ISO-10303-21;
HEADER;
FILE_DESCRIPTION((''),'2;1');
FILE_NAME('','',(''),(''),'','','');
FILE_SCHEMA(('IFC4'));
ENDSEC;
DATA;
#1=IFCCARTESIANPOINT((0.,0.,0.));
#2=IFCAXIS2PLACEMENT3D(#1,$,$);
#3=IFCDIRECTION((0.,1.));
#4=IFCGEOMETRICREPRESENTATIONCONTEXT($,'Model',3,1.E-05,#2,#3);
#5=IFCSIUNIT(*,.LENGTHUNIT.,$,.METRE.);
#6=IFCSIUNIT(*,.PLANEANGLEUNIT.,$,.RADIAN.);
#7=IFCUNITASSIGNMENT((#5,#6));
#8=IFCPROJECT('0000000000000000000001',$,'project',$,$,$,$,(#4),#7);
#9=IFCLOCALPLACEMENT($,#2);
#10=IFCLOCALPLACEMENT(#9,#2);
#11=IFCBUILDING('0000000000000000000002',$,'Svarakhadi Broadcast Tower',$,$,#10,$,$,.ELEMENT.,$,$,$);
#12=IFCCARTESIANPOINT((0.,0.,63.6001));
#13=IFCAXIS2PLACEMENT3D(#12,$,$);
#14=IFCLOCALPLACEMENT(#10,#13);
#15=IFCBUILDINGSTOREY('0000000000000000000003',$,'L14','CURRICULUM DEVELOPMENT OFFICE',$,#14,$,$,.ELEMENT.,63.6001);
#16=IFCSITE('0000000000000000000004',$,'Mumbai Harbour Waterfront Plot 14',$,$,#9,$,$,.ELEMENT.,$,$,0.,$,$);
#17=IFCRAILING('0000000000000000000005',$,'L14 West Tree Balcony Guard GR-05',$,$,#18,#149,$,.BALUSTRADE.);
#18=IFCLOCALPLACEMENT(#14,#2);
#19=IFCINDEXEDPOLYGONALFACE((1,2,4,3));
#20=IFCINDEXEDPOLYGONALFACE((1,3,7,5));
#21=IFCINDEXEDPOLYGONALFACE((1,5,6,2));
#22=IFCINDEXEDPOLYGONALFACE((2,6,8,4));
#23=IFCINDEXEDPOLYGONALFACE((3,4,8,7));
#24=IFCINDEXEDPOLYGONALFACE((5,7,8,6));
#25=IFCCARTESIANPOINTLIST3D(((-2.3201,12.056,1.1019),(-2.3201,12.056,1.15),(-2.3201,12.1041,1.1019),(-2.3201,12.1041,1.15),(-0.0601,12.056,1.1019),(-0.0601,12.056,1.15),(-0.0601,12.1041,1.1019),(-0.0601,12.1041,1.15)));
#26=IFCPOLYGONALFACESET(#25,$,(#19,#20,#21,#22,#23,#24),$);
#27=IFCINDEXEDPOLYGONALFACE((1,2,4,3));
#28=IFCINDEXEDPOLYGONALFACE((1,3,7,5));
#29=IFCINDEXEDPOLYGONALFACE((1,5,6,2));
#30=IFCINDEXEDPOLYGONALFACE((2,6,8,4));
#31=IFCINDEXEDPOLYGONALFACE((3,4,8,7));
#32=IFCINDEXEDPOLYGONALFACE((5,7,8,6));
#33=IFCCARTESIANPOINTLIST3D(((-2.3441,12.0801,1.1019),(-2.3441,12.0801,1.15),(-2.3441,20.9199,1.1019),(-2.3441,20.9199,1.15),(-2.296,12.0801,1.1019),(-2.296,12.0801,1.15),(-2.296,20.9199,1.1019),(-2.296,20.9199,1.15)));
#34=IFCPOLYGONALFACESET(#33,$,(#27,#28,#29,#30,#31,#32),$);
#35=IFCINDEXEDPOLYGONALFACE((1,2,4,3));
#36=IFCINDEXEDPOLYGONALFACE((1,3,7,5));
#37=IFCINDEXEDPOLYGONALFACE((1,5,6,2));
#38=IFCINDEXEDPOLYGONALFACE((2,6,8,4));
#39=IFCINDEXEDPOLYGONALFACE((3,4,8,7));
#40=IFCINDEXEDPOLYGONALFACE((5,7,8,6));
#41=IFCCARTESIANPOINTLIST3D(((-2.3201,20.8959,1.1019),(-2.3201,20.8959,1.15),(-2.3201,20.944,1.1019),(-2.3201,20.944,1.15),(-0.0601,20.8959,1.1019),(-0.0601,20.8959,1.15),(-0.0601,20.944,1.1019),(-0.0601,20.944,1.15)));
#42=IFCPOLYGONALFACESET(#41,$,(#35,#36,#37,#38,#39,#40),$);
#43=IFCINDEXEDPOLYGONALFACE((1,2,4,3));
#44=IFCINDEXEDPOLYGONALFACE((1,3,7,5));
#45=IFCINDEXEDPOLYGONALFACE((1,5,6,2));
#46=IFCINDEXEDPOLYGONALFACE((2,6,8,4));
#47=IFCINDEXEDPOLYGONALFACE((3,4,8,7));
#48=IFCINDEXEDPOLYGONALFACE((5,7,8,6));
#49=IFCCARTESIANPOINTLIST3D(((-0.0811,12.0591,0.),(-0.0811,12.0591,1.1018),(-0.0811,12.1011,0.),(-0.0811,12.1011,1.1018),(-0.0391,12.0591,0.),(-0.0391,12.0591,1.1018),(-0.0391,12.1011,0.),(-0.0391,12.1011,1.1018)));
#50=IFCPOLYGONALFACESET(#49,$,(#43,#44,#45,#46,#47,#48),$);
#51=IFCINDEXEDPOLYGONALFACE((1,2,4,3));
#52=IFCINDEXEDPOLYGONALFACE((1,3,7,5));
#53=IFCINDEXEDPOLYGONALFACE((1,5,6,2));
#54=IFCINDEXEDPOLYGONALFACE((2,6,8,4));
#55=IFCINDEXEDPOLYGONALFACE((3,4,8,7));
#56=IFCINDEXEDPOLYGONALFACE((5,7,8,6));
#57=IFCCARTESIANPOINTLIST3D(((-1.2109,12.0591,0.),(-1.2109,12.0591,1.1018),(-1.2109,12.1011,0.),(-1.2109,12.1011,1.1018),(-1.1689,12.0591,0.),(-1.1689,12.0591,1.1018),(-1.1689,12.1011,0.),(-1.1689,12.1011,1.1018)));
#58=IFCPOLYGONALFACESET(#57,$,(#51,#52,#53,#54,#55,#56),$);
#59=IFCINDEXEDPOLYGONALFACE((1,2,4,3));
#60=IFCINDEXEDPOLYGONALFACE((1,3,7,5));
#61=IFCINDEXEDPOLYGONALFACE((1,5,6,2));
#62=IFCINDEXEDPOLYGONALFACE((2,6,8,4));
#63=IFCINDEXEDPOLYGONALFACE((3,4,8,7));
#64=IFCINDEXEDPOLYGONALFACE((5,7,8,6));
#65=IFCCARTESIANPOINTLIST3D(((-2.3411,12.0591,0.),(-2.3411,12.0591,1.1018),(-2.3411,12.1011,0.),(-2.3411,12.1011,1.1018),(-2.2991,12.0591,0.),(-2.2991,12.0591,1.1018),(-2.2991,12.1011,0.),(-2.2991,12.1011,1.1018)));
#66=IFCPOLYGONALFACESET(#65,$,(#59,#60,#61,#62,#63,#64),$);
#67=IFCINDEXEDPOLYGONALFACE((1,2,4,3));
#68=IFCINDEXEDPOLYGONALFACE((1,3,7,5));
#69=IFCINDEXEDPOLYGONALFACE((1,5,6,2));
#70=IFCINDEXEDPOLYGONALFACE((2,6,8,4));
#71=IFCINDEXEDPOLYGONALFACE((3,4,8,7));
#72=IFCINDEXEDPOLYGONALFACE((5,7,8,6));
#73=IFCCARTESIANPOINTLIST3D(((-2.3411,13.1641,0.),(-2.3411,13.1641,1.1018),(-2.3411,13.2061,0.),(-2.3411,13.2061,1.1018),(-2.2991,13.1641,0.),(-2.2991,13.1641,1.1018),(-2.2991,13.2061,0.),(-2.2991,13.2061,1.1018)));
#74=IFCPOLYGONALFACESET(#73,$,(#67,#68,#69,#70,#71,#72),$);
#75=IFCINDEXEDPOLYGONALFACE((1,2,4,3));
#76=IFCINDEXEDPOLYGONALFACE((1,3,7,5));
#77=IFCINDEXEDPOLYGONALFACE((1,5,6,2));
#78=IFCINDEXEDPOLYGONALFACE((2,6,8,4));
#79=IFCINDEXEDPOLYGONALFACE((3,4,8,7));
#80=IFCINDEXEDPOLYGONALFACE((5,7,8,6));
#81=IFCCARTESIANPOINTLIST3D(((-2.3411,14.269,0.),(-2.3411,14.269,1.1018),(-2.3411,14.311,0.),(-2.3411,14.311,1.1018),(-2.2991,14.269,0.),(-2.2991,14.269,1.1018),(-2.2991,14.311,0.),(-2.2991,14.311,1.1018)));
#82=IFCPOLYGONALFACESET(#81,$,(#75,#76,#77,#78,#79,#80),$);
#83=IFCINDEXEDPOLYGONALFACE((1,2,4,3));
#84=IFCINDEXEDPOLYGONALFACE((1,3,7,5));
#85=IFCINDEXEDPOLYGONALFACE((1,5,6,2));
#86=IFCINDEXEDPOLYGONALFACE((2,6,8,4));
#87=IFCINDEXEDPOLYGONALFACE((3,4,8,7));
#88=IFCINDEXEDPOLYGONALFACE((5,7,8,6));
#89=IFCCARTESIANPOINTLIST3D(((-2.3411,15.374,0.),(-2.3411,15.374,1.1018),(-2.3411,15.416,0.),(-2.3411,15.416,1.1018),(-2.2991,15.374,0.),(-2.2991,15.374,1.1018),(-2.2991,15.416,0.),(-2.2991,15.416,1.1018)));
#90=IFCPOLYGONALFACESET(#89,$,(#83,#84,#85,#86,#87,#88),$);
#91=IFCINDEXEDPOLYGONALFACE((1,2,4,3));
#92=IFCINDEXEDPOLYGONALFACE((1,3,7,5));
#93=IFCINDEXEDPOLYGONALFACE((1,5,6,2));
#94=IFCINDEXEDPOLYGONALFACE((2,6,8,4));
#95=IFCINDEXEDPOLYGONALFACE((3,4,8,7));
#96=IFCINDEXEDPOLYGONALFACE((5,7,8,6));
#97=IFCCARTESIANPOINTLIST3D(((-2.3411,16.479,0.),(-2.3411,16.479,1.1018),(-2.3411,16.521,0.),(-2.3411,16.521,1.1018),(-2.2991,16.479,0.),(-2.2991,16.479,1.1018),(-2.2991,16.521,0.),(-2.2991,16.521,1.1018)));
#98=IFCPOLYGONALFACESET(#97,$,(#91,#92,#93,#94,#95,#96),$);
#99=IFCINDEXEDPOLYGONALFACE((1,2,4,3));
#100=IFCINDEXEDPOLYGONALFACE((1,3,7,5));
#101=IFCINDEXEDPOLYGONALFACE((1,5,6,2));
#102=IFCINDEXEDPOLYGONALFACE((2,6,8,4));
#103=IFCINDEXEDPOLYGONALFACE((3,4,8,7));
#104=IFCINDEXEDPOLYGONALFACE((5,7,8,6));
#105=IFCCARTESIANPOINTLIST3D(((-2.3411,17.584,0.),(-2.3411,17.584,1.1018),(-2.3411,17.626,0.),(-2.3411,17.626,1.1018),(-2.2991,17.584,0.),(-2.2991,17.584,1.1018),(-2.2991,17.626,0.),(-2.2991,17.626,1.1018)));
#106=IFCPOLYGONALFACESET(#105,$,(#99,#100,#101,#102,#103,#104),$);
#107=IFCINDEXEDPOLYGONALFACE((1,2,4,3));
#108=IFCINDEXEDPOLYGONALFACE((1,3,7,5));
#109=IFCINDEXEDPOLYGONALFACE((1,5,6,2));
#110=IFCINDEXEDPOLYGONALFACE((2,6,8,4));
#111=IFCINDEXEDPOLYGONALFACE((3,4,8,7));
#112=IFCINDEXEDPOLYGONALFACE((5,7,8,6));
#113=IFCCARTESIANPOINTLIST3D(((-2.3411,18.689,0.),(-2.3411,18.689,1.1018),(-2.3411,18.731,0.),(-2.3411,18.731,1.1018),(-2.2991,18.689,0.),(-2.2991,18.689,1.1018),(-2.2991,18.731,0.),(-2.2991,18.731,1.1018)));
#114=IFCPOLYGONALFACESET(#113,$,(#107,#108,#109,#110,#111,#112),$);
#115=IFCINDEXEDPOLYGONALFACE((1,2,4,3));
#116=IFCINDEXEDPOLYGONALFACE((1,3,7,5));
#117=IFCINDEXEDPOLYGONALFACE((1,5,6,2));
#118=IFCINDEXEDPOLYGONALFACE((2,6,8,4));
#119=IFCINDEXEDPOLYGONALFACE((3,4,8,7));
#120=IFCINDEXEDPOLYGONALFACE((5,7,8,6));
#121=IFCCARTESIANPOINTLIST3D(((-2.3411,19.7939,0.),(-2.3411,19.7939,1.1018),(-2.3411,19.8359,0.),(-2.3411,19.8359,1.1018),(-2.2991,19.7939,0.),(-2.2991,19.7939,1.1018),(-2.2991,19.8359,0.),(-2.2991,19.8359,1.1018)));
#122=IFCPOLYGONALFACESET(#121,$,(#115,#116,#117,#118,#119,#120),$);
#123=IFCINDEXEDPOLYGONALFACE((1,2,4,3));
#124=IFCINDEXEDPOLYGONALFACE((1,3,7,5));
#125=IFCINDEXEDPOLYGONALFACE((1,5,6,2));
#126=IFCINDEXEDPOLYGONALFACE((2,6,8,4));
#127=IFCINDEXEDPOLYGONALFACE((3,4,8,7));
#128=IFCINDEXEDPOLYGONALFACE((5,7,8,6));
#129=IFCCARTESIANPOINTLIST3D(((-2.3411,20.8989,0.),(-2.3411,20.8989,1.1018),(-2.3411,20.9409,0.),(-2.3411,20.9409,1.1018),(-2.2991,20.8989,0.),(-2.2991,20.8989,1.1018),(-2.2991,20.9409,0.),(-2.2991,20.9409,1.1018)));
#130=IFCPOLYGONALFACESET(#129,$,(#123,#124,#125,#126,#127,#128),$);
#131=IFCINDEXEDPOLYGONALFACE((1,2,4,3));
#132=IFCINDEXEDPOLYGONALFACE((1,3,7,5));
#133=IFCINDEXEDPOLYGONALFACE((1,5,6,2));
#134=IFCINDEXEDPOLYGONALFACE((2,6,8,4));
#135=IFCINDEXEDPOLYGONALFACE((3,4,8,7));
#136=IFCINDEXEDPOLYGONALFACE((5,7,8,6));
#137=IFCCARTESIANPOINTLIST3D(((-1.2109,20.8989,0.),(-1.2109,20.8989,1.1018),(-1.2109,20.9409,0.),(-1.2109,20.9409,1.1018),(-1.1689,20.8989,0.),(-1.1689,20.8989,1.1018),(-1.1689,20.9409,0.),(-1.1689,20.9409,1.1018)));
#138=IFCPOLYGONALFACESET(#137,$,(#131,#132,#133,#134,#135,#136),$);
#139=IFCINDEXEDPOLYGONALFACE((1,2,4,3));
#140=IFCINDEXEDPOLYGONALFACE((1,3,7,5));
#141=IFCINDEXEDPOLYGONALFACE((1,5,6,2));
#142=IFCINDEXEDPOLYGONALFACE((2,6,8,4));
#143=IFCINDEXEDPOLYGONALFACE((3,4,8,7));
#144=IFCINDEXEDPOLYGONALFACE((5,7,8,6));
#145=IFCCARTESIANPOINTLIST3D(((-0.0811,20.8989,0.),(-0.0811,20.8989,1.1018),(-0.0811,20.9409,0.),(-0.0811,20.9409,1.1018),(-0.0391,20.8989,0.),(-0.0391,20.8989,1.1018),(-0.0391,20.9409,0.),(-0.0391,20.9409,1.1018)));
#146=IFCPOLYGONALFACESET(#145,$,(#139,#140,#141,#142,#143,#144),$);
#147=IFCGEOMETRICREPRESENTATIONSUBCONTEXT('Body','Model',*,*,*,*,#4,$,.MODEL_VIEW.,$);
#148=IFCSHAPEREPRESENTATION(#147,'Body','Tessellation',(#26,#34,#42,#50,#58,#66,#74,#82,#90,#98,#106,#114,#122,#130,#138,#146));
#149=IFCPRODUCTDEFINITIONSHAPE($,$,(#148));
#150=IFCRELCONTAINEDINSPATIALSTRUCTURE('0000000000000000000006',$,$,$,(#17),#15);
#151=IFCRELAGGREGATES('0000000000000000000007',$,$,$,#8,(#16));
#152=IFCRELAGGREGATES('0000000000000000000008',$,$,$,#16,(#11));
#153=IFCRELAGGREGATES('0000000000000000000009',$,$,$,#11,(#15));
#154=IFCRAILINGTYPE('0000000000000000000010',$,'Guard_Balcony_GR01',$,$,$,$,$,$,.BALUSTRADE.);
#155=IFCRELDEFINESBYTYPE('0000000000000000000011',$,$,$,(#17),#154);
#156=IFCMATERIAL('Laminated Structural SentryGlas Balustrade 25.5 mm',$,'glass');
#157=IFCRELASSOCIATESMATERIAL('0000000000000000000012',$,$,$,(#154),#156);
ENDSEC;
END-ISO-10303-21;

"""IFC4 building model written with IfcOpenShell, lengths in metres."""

from ifc_helpers import new_model, si_unit, direction, frame, origin, origin_2d, place, context, subcontext, project, spatial, rectangle, extrude, material, type_object, element, save


model = new_model("IFC4")

# Units and contexts
model_context = context("Model", 3, precision=1e-05, world=origin(), true_north=direction((0.0, 1.0)))
body_context = subcontext(model_context, "Body", "Model", "MODEL_VIEW")
ifc_project = project(units=[si_unit("LENGTHUNIT", "METRE"), si_unit("PLANEANGLEUNIT", "RADIAN")], contexts=[model_context])

# Site, building, storey
site_placement = place(None, origin())
site = spatial("IfcSite", under=ifc_project, at=site_placement, Name="Mumbai Harbour Waterfront Plot 14", CompositionType="ELEMENT", RefElevation=0.0)
building_placement = place(site_placement, origin())
building = spatial("IfcBuilding", under=site, at=building_placement, Name="Svarakhadi Broadcast Tower", CompositionType="ELEMENT")
storey_placement = place(building_placement, frame((0.0, 0.0, 63.6001)))
storey = spatial("IfcBuildingStorey", under=building, at=storey_placement, Name="L14", Description="CURRICULUM DEVELOPMENT OFFICE", CompositionType="ELEMENT", Elevation=63.6001)

# Railing
ifc_material_1 = material(Name="Laminated Structural SentryGlas Balustrade 25.5 mm", Category="glass")
railing_type = type_object("IfcRailingType", Name="Guard_Balcony_GR01", PredefinedType="BALUSTRADE", material=ifc_material_1)
railing_placement = place(storey_placement, frame((-0.0601, 12.0801, 0.0)))
element("IfcRailing", 1, at=railing_placement, inside=storey, type_object=railing_type, Name="L14 West Tree Balcony Guard GR-05", PredefinedType="BALUSTRADE", context=body_context, shape_type="SweptSolid", body=[
    extrude(rectangle(XDim=0.0481, YDim=0.0481, at=origin_2d()), frame((0.0, 0.0, 1.126), z_axis=(-1.0, 0.0, 0.0), x_axis=(0.0, -1.0, 0.0)), (0.0, 0.0, 1.0), 2.26),
    extrude(rectangle(XDim=0.0481, YDim=0.0481, at=origin_2d()), frame((-2.26, 0.0, 1.126), z_axis=(0.0, 1.0, 0.0), x_axis=(-1.0, 0.0, 0.0)), (0.0, 0.0, 1.0), 8.8398),
    extrude(rectangle(XDim=0.0481, YDim=0.0481, at=origin_2d()), frame((-2.26, 8.8398, 1.126), z_axis=(1.0, 0.0, 0.0), x_axis=(0.0, 1.0, 0.0)), (0.0, 0.0, 1.0), 2.26),
    extrude(rectangle(XDim=0.042, YDim=0.042, at=origin_2d()), origin(), (0.0, 0.0, 1.0), 1.1018),
    extrude(rectangle(XDim=0.042, YDim=0.042, at=origin_2d()), frame((-1.1299, 0.0, 0.0)), (0.0, 0.0, 1.0), 1.1018),
    extrude(rectangle(XDim=0.042, YDim=0.042, at=origin_2d()), frame((-2.26, 0.0, 0.0)), (0.0, 0.0, 1.0), 1.1018),
    extrude(rectangle(XDim=0.042, YDim=0.042, at=origin_2d()), frame((-2.26, 1.105, 0.0)), (0.0, 0.0, 1.0), 1.1018),
    extrude(rectangle(XDim=0.042, YDim=0.042, at=origin_2d()), frame((-2.26, 2.21, 0.0)), (0.0, 0.0, 1.0), 1.1018),
    extrude(rectangle(XDim=0.042, YDim=0.042, at=origin_2d()), frame((-2.26, 3.3149, 0.0)), (0.0, 0.0, 1.0), 1.1018),
    extrude(rectangle(XDim=0.042, YDim=0.042, at=origin_2d()), frame((-2.26, 4.4199, 0.0)), (0.0, 0.0, 1.0), 1.1018),
    extrude(rectangle(XDim=0.042, YDim=0.042, at=origin_2d()), frame((-2.26, 5.5249, 0.0)), (0.0, 0.0, 1.0), 1.1018),
    extrude(rectangle(XDim=0.042, YDim=0.042, at=origin_2d()), frame((-2.26, 6.6299, 0.0)), (0.0, 0.0, 1.0), 1.1018),
    extrude(rectangle(XDim=0.042, YDim=0.042, at=origin_2d()), frame((-2.26, 7.7349, 0.0)), (0.0, 0.0, 1.0), 1.1018),
    extrude(rectangle(XDim=0.042, YDim=0.042, at=origin_2d()), frame((-2.26, 8.8398, 0.0)), (0.0, 0.0, 1.0), 1.1018),
    extrude(rectangle(XDim=0.042, YDim=0.042, at=origin_2d()), frame((-1.1299, 8.8398, 0.0)), (0.0, 0.0, 1.0), 1.1018),
    extrude(rectangle(XDim=0.042, YDim=0.042, at=origin_2d()), frame((0.0, 8.8398, 0.0)), (0.0, 0.0, 1.0), 1.1018),
])

save(model, "model.ifc")
